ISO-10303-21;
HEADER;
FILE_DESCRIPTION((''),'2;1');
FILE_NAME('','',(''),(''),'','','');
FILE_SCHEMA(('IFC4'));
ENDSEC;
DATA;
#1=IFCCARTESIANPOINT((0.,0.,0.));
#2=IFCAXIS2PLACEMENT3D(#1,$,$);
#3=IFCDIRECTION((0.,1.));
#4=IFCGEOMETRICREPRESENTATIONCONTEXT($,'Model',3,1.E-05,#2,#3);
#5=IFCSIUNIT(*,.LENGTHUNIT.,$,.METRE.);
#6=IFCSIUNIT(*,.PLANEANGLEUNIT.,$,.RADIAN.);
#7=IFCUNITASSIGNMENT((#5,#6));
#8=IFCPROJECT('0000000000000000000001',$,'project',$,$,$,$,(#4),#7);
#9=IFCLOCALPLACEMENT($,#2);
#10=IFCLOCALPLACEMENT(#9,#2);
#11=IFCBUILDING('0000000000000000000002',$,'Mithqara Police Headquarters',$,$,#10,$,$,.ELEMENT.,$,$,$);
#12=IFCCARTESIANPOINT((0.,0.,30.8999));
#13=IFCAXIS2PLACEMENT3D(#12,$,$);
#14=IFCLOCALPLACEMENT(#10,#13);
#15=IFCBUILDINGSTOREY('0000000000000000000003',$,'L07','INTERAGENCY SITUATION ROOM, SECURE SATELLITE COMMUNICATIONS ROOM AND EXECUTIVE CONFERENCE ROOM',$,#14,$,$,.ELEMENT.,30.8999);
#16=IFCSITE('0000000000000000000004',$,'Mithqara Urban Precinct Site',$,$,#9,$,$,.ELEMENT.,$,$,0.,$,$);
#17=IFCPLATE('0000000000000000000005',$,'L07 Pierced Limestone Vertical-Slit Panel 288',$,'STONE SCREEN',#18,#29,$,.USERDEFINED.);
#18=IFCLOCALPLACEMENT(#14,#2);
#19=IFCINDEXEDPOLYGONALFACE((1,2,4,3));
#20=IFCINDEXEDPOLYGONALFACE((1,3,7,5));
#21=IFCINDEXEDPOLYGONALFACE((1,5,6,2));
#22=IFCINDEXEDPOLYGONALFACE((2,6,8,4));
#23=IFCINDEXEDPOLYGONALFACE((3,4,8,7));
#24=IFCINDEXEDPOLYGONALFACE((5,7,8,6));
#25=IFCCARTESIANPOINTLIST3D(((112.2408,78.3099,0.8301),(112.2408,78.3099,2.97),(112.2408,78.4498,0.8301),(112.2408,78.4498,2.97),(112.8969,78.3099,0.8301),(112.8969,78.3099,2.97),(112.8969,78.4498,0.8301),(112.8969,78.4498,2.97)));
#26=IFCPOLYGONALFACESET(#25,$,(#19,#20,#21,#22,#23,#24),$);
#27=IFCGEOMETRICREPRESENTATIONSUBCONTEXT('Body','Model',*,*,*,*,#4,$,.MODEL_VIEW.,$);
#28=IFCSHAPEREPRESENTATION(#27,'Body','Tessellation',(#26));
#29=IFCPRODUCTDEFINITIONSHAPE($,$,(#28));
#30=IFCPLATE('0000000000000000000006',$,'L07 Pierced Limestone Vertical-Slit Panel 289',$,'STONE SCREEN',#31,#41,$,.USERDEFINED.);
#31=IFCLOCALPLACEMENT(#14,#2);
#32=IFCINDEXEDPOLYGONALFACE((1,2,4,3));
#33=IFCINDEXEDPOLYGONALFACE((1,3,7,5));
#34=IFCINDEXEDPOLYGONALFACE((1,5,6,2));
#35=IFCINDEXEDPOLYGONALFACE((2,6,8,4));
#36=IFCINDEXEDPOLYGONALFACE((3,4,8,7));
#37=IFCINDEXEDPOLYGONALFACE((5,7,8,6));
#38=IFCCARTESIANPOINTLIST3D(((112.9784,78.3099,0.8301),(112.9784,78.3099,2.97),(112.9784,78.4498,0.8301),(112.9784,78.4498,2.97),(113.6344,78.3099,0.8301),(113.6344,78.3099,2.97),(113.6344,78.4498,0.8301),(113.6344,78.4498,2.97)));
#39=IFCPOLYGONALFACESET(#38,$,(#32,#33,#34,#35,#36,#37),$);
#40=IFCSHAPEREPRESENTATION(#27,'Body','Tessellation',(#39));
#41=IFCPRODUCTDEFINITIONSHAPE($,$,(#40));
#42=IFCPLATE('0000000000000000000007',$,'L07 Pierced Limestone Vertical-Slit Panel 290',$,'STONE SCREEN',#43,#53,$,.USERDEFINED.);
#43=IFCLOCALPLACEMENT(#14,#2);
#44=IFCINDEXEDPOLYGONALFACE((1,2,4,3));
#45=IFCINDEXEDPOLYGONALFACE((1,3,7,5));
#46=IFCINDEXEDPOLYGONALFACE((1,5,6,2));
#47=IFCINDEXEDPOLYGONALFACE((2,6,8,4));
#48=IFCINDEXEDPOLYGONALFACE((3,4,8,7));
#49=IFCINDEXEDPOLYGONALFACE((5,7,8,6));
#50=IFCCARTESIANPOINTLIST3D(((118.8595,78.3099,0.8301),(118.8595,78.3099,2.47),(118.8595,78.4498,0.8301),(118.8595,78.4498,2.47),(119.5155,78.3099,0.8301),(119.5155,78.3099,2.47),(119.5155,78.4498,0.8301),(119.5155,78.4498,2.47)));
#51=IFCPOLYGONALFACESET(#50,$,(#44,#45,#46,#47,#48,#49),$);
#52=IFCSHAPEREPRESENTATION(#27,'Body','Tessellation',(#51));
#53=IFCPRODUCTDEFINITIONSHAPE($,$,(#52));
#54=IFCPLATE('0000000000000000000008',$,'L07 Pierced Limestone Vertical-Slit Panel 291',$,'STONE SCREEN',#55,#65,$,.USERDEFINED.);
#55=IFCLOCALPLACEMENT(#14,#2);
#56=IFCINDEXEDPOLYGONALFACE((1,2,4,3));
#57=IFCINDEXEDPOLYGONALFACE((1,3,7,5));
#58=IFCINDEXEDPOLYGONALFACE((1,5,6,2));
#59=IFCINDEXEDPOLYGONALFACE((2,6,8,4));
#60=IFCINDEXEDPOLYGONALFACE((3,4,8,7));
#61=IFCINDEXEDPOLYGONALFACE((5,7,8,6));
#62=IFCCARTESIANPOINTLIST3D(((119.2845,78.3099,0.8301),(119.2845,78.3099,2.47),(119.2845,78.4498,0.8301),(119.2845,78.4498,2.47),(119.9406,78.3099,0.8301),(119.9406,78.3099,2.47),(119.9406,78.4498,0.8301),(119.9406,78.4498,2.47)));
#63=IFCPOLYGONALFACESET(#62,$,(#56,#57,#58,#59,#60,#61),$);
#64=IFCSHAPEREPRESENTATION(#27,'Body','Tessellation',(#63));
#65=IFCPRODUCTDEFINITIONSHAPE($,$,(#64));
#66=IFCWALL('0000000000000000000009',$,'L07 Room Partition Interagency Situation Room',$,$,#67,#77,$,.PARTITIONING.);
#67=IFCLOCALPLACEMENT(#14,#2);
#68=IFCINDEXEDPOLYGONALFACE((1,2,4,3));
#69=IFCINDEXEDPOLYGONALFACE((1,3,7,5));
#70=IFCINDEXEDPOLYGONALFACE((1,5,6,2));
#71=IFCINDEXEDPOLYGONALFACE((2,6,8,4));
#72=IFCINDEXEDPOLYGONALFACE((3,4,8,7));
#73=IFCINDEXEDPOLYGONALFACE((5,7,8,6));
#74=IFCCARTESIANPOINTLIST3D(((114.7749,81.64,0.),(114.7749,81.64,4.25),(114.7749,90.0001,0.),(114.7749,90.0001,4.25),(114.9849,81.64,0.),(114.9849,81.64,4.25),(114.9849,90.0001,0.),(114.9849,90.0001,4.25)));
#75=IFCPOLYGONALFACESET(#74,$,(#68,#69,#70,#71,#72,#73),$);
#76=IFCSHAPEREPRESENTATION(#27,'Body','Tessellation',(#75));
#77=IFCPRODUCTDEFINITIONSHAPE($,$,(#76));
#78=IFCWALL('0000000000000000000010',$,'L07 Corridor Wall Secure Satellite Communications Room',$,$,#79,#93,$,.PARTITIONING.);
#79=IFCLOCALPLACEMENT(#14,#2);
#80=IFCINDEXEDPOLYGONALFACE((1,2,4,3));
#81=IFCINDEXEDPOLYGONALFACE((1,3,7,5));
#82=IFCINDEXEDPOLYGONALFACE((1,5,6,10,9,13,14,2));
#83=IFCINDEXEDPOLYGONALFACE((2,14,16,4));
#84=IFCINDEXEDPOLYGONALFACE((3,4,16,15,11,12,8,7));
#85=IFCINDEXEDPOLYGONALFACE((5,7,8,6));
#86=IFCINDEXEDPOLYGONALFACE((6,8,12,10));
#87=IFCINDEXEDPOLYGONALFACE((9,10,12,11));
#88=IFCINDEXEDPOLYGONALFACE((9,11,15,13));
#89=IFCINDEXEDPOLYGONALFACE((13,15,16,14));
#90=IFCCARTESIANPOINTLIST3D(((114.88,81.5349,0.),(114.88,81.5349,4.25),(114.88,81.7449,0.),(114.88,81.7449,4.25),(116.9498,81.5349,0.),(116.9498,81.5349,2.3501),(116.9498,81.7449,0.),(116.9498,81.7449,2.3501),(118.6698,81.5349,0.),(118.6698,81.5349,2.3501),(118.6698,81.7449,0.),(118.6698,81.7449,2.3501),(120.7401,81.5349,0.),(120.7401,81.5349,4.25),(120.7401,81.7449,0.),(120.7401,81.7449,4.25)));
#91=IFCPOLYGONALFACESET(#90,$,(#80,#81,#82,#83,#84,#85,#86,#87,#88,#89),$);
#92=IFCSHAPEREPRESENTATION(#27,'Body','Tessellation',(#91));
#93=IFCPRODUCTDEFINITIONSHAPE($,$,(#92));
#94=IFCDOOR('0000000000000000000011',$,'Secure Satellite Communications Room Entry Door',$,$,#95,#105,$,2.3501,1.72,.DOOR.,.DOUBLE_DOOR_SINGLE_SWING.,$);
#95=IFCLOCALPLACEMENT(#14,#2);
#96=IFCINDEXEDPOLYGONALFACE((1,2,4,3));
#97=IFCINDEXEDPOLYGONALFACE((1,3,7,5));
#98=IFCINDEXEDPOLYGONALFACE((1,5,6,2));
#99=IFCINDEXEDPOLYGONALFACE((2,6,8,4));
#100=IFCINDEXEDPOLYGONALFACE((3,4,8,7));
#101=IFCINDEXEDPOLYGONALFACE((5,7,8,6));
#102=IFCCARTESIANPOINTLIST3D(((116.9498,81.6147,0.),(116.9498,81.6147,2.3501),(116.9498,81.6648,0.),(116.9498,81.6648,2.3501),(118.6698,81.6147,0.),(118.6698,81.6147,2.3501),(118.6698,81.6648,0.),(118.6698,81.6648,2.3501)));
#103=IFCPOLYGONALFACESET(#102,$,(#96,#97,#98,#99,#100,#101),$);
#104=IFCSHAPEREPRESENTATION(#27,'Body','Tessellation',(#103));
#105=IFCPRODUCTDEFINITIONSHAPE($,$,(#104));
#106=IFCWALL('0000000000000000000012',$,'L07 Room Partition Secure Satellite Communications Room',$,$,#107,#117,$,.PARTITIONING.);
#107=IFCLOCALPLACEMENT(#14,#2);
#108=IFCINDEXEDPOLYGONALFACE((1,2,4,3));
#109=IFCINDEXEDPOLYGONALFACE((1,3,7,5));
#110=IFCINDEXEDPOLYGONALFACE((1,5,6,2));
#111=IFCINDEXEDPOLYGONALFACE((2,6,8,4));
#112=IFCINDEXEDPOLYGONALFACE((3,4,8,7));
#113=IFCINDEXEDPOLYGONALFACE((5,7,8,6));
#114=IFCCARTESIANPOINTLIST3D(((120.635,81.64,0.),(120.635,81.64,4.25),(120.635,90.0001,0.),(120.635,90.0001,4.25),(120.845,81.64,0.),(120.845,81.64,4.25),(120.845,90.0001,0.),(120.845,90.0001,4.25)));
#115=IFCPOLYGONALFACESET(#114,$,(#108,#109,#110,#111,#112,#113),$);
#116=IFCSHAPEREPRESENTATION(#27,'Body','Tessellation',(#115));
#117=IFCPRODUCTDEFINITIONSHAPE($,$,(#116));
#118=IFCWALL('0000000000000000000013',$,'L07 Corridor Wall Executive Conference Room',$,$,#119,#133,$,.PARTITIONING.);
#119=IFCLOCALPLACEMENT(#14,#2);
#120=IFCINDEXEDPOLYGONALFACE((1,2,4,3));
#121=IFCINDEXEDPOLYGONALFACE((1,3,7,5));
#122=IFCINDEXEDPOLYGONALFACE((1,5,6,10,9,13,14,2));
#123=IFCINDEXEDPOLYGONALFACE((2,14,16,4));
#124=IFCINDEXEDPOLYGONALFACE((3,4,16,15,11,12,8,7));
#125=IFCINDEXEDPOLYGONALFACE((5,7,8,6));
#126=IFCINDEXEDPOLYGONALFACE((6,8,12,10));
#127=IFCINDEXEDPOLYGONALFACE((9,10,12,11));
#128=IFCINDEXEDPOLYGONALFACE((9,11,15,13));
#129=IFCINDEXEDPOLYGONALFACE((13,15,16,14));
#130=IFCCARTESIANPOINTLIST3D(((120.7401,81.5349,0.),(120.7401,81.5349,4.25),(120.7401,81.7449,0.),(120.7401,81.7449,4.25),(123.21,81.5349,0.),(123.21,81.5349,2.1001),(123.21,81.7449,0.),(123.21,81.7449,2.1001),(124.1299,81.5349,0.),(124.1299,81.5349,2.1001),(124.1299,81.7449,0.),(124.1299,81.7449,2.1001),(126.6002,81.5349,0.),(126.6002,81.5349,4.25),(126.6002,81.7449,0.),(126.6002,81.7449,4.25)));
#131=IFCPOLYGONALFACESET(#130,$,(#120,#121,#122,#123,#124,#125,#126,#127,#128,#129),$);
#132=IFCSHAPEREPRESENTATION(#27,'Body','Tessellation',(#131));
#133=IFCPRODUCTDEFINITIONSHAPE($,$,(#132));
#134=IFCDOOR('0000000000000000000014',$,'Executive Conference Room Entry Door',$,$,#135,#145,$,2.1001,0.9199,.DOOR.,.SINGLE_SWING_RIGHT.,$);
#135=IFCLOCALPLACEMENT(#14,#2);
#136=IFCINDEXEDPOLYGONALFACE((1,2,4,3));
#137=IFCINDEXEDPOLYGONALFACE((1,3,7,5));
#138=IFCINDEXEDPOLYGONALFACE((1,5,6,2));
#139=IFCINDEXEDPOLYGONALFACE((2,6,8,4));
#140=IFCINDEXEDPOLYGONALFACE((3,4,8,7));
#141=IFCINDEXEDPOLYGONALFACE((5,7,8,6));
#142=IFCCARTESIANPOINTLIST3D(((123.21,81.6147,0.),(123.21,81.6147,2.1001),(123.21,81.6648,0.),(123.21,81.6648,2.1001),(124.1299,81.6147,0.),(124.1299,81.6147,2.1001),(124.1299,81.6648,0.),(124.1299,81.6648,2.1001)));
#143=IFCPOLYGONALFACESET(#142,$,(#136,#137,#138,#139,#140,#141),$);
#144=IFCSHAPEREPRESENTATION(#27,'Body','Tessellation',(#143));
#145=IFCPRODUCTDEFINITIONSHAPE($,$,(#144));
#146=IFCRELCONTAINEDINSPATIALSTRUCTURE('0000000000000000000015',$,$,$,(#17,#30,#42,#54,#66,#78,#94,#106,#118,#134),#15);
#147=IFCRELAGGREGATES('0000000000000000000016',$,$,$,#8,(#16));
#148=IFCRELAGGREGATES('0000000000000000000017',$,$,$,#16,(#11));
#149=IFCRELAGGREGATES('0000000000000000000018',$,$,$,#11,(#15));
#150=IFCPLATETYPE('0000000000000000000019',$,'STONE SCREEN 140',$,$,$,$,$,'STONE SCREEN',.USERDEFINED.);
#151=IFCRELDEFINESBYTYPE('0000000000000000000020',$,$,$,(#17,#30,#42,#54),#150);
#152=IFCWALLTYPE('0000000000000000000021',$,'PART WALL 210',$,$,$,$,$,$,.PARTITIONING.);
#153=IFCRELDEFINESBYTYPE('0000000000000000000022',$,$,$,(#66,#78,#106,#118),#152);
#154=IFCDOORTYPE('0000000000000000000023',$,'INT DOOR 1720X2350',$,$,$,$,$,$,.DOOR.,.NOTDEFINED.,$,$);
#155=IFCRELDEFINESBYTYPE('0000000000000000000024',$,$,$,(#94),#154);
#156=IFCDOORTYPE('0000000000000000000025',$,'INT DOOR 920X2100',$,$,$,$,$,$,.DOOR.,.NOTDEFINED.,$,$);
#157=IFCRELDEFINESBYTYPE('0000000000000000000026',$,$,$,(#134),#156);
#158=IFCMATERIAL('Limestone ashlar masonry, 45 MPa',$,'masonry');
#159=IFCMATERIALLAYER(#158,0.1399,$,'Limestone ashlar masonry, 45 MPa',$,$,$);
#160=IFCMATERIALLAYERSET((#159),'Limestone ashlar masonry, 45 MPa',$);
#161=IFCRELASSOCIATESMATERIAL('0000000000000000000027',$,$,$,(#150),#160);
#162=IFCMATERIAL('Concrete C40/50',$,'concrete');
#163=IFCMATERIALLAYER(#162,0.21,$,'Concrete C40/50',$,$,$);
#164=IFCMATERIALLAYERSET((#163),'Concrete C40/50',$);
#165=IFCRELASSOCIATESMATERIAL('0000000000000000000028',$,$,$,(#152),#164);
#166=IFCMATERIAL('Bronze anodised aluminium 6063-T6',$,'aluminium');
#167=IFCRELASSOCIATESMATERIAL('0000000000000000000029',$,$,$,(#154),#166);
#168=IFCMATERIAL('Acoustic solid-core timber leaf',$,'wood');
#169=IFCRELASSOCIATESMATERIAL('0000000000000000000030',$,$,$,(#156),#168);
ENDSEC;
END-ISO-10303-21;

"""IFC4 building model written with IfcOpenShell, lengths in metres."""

from ifc_helpers import new_model, si_unit, direction, frame, frame_2d, origin, origin_2d, place, context, subcontext, project, spatial, rectangle, extrude, material, layer, layer_set, type_object, element, fill, save


model = new_model("IFC4")

# Units and contexts
model_context = context("Model", 3, precision=1e-05, world=origin(), true_north=direction((0.0, 1.0)))
body_context = subcontext(model_context, "Body", "Model", "MODEL_VIEW")
ifc_project = project(units=[si_unit("LENGTHUNIT", "METRE"), si_unit("PLANEANGLEUNIT", "RADIAN")], contexts=[model_context])

# Site, building, storey
site_placement = place(None, origin())
site = spatial("IfcSite", under=ifc_project, at=site_placement, Name="Mithqara Urban Precinct Site", CompositionType="ELEMENT", RefElevation=0.0)
building_placement = place(site_placement, origin())
building = spatial("IfcBuilding", under=site, at=building_placement, Name="Mithqara Police Headquarters", CompositionType="ELEMENT")
storey_placement = place(building_placement, frame((0.0, 0.0, 30.8999)))
storey = spatial("IfcBuildingStorey", under=building, at=storey_placement, Name="L07", Description="INTERAGENCY SITUATION ROOM, SECURE SATELLITE COMMUNICATIONS ROOM AND EXECUTIVE CONFERENCE ROOM", CompositionType="ELEMENT", Elevation=30.8999)

# Shared definitions
ifc_material_1 = material(Name="Concrete C40/50", Category="concrete")

# Plates
ifc_material_2 = material(Name="Limestone ashlar masonry, 45 MPa", Category="masonry")
ifc_layer_1 = layer(ifc_material_2, 0.1399, Name="Limestone ashlar masonry, 45 MPa")
ifc_layer_set_1 = layer_set([ifc_layer_1], Name="Limestone ashlar masonry, 45 MPa")
plate_type = type_object("IfcPlateType", Name="STONE SCREEN 140", ElementType="STONE SCREEN", PredefinedType="USERDEFINED", material=ifc_layer_set_1)
for number, where, z_axis, x_axis, name in (
    (1, (112.5688, 78.3799, 0.8301), (0.0, 0.0, 1.0), (1.0, 0.0, 0.0), "L07 Pierced Limestone Vertical-Slit Panel 288"),
    (2, (113.3064, 78.3799, 0.8301), (0.0, 0.0, 1.0), (1.0, 0.0, 0.0), "L07 Pierced Limestone Vertical-Slit Panel 289"),
):
    element("IfcPlate", number, at=place(storey_placement, frame(where, z_axis=z_axis, x_axis=x_axis)), inside=storey, type_object=plate_type, Name=name, ObjectType="STONE SCREEN", PredefinedType="USERDEFINED", context=body_context, shape_type="SweptSolid", body=[
        extrude(rectangle(XDim=0.656, YDim=0.1399, at=origin_2d()), origin(), (0.0, 0.0, 1.0), 2.1399),
    ])
for number, where, z_axis, x_axis, name in (
    (3, (119.1875, 78.3799, 0.8301), (0.0, 0.0, 1.0), (1.0, 0.0, 0.0), "L07 Pierced Limestone Vertical-Slit Panel 290"),
    (4, (119.6125, 78.3799, 0.8301), (0.0, 0.0, 1.0), (1.0, 0.0, 0.0), "L07 Pierced Limestone Vertical-Slit Panel 291"),
):
    element("IfcPlate", number, at=place(storey_placement, frame(where, z_axis=z_axis, x_axis=x_axis)), inside=storey, type_object=plate_type, Name=name, ObjectType="STONE SCREEN", PredefinedType="USERDEFINED", context=body_context, shape_type="SweptSolid", body=[
        extrude(rectangle(XDim=0.656, YDim=0.1399, at=origin_2d()), origin(), (0.0, 0.0, 1.0), 1.6399),
    ])

# Wall
ifc_layer_2 = layer(ifc_material_1, 0.21, Name="Concrete C40/50")
ifc_layer_set_2 = layer_set([ifc_layer_2], Name="Concrete C40/50")
wall_type = type_object("IfcWallType", Name="PART WALL 210", PredefinedType="PARTITIONING", material=ifc_layer_set_2)
wall_1_placement = place(storey_placement, frame((114.8799, 81.6399, 0.0), z_axis=(0.0, 0.0, 1.0), x_axis=(0.0, 1.0, 0.0)))
element("IfcWall", 5, at=wall_1_placement, inside=storey, type_object=wall_type, Name="L07 Room Partition Interagency Situation Room", PredefinedType="PARTITIONING", context=body_context, shape_type="SweptSolid", body=[
    extrude(rectangle(XDim=8.3601, YDim=0.21, at=frame_2d((4.1802, 0.0))), origin(), (0.0, 0.0, 1.0), 4.25),
])

# Wall, opening, door
wall_2_placement = place(storey_placement, frame((114.8799, 81.6399, 0.0), z_axis=(0.0, 0.0, 1.0), x_axis=(1.0, 0.0, 0.0)))
wall_2 = element("IfcWall", 6, at=wall_2_placement, inside=storey, type_object=wall_type, Name="L07 Corridor Wall Secure Satellite Communications Room", PredefinedType="PARTITIONING", context=body_context, shape_type="SweptSolid", body=[
    extrude(rectangle(XDim=5.8601, YDim=0.21, at=frame_2d((2.9302, 0.0))), origin(), (0.0, 0.0, 1.0), 4.25),
])
opening_1_placement = place(wall_2_placement, frame((2.0701, 0.0, 0.0)))
opening_1 = element("IfcOpeningElement", 7, at=opening_1_placement, cuts=wall_2, PredefinedType="OPENING", context=body_context, shape_type="SweptSolid", body=[
    extrude(rectangle(XDim=1.72, YDim=2.3501, at=frame_2d((0.8599, 1.175))), frame((0.0, 0.115, 0.0), z_axis=(0.0, -1.0, 0.0), x_axis=(1.0, 0.0, 0.0)), (0.0, 0.0, 1.0), 0.23),
])
ifc_material_3 = material(Name="Bronze anodised aluminium 6063-T6", Category="aluminium")
door_type_1 = type_object("IfcDoorType", Name="INT DOOR 1720X2350", OperationType="NOTDEFINED", PredefinedType="DOOR", material=ifc_material_3)
door_1_placement = place(opening_1_placement, origin())
door_1 = element("IfcDoor", 8, at=door_1_placement, inside=storey, type_object=door_type_1, Name="Secure Satellite Communications Room Entry Door", OperationType="DOUBLE_DOOR_SINGLE_SWING", OverallHeight=2.3501, OverallWidth=1.72, PredefinedType="DOOR", context=body_context, shape_type="SweptSolid", body=[
    extrude(rectangle(XDim=1.72, YDim=2.3501, at=frame_2d((0.8599, 1.175))), frame((0.0, 0.0249, 0.0), z_axis=(0.0, -1.0, 0.0), x_axis=(1.0, 0.0, 0.0)), (0.0, 0.0, 1.0), 0.05),
])
fill(opening_1, door_1)

# Wall
wall_3_placement = place(storey_placement, frame((120.74, 81.6399, 0.0), z_axis=(0.0, 0.0, 1.0), x_axis=(0.0, 1.0, 0.0)))
element("IfcWall", 9, at=wall_3_placement, inside=storey, type_object=wall_type, Name="L07 Room Partition Secure Satellite Communications Room", PredefinedType="PARTITIONING", context=body_context, shape_type="SweptSolid", body=[
    extrude(rectangle(XDim=8.3601, YDim=0.21, at=frame_2d((4.1802, 0.0))), origin(), (0.0, 0.0, 1.0), 4.25),
])

# Wall, opening, door
wall_4_placement = place(storey_placement, frame((120.74, 81.6399, 0.0), z_axis=(0.0, 0.0, 1.0), x_axis=(1.0, 0.0, 0.0)))
wall_4 = element("IfcWall", 10, at=wall_4_placement, inside=storey, type_object=wall_type, Name="L07 Corridor Wall Executive Conference Room", PredefinedType="PARTITIONING", context=body_context, shape_type="SweptSolid", body=[
    extrude(rectangle(XDim=5.8601, YDim=0.21, at=frame_2d((2.9302, 0.0))), origin(), (0.0, 0.0, 1.0), 4.25),
])
opening_2_placement = place(wall_4_placement, frame((2.47, 0.0, 0.0)))
opening_2 = element("IfcOpeningElement", 11, at=opening_2_placement, cuts=wall_4, PredefinedType="OPENING", context=body_context, shape_type="SweptSolid", body=[
    extrude(rectangle(XDim=0.9199, YDim=2.1001, at=frame_2d((0.46, 1.05))), frame((0.0, 0.115, 0.0), z_axis=(0.0, -1.0, 0.0), x_axis=(1.0, 0.0, 0.0)), (0.0, 0.0, 1.0), 0.23),
])
ifc_material_4 = material(Name="Acoustic solid-core timber leaf", Category="wood")
door_type_2 = type_object("IfcDoorType", Name="INT DOOR 920X2100", OperationType="NOTDEFINED", PredefinedType="DOOR", material=ifc_material_4)
door_2_placement = place(opening_2_placement, origin())
door_2 = element("IfcDoor", 12, at=door_2_placement, inside=storey, type_object=door_type_2, Name="Executive Conference Room Entry Door", OperationType="SINGLE_SWING_RIGHT", OverallHeight=2.1001, OverallWidth=0.9199, PredefinedType="DOOR", context=body_context, shape_type="SweptSolid", body=[
    extrude(rectangle(XDim=0.9199, YDim=2.1001, at=frame_2d((0.46, 1.05))), frame((0.0, 0.0249, 0.0), z_axis=(0.0, -1.0, 0.0), x_axis=(1.0, 0.0, 0.0)), (0.0, 0.0, 1.0), 0.05),
])
fill(opening_2, door_2)

save(model, "model.ifc")
